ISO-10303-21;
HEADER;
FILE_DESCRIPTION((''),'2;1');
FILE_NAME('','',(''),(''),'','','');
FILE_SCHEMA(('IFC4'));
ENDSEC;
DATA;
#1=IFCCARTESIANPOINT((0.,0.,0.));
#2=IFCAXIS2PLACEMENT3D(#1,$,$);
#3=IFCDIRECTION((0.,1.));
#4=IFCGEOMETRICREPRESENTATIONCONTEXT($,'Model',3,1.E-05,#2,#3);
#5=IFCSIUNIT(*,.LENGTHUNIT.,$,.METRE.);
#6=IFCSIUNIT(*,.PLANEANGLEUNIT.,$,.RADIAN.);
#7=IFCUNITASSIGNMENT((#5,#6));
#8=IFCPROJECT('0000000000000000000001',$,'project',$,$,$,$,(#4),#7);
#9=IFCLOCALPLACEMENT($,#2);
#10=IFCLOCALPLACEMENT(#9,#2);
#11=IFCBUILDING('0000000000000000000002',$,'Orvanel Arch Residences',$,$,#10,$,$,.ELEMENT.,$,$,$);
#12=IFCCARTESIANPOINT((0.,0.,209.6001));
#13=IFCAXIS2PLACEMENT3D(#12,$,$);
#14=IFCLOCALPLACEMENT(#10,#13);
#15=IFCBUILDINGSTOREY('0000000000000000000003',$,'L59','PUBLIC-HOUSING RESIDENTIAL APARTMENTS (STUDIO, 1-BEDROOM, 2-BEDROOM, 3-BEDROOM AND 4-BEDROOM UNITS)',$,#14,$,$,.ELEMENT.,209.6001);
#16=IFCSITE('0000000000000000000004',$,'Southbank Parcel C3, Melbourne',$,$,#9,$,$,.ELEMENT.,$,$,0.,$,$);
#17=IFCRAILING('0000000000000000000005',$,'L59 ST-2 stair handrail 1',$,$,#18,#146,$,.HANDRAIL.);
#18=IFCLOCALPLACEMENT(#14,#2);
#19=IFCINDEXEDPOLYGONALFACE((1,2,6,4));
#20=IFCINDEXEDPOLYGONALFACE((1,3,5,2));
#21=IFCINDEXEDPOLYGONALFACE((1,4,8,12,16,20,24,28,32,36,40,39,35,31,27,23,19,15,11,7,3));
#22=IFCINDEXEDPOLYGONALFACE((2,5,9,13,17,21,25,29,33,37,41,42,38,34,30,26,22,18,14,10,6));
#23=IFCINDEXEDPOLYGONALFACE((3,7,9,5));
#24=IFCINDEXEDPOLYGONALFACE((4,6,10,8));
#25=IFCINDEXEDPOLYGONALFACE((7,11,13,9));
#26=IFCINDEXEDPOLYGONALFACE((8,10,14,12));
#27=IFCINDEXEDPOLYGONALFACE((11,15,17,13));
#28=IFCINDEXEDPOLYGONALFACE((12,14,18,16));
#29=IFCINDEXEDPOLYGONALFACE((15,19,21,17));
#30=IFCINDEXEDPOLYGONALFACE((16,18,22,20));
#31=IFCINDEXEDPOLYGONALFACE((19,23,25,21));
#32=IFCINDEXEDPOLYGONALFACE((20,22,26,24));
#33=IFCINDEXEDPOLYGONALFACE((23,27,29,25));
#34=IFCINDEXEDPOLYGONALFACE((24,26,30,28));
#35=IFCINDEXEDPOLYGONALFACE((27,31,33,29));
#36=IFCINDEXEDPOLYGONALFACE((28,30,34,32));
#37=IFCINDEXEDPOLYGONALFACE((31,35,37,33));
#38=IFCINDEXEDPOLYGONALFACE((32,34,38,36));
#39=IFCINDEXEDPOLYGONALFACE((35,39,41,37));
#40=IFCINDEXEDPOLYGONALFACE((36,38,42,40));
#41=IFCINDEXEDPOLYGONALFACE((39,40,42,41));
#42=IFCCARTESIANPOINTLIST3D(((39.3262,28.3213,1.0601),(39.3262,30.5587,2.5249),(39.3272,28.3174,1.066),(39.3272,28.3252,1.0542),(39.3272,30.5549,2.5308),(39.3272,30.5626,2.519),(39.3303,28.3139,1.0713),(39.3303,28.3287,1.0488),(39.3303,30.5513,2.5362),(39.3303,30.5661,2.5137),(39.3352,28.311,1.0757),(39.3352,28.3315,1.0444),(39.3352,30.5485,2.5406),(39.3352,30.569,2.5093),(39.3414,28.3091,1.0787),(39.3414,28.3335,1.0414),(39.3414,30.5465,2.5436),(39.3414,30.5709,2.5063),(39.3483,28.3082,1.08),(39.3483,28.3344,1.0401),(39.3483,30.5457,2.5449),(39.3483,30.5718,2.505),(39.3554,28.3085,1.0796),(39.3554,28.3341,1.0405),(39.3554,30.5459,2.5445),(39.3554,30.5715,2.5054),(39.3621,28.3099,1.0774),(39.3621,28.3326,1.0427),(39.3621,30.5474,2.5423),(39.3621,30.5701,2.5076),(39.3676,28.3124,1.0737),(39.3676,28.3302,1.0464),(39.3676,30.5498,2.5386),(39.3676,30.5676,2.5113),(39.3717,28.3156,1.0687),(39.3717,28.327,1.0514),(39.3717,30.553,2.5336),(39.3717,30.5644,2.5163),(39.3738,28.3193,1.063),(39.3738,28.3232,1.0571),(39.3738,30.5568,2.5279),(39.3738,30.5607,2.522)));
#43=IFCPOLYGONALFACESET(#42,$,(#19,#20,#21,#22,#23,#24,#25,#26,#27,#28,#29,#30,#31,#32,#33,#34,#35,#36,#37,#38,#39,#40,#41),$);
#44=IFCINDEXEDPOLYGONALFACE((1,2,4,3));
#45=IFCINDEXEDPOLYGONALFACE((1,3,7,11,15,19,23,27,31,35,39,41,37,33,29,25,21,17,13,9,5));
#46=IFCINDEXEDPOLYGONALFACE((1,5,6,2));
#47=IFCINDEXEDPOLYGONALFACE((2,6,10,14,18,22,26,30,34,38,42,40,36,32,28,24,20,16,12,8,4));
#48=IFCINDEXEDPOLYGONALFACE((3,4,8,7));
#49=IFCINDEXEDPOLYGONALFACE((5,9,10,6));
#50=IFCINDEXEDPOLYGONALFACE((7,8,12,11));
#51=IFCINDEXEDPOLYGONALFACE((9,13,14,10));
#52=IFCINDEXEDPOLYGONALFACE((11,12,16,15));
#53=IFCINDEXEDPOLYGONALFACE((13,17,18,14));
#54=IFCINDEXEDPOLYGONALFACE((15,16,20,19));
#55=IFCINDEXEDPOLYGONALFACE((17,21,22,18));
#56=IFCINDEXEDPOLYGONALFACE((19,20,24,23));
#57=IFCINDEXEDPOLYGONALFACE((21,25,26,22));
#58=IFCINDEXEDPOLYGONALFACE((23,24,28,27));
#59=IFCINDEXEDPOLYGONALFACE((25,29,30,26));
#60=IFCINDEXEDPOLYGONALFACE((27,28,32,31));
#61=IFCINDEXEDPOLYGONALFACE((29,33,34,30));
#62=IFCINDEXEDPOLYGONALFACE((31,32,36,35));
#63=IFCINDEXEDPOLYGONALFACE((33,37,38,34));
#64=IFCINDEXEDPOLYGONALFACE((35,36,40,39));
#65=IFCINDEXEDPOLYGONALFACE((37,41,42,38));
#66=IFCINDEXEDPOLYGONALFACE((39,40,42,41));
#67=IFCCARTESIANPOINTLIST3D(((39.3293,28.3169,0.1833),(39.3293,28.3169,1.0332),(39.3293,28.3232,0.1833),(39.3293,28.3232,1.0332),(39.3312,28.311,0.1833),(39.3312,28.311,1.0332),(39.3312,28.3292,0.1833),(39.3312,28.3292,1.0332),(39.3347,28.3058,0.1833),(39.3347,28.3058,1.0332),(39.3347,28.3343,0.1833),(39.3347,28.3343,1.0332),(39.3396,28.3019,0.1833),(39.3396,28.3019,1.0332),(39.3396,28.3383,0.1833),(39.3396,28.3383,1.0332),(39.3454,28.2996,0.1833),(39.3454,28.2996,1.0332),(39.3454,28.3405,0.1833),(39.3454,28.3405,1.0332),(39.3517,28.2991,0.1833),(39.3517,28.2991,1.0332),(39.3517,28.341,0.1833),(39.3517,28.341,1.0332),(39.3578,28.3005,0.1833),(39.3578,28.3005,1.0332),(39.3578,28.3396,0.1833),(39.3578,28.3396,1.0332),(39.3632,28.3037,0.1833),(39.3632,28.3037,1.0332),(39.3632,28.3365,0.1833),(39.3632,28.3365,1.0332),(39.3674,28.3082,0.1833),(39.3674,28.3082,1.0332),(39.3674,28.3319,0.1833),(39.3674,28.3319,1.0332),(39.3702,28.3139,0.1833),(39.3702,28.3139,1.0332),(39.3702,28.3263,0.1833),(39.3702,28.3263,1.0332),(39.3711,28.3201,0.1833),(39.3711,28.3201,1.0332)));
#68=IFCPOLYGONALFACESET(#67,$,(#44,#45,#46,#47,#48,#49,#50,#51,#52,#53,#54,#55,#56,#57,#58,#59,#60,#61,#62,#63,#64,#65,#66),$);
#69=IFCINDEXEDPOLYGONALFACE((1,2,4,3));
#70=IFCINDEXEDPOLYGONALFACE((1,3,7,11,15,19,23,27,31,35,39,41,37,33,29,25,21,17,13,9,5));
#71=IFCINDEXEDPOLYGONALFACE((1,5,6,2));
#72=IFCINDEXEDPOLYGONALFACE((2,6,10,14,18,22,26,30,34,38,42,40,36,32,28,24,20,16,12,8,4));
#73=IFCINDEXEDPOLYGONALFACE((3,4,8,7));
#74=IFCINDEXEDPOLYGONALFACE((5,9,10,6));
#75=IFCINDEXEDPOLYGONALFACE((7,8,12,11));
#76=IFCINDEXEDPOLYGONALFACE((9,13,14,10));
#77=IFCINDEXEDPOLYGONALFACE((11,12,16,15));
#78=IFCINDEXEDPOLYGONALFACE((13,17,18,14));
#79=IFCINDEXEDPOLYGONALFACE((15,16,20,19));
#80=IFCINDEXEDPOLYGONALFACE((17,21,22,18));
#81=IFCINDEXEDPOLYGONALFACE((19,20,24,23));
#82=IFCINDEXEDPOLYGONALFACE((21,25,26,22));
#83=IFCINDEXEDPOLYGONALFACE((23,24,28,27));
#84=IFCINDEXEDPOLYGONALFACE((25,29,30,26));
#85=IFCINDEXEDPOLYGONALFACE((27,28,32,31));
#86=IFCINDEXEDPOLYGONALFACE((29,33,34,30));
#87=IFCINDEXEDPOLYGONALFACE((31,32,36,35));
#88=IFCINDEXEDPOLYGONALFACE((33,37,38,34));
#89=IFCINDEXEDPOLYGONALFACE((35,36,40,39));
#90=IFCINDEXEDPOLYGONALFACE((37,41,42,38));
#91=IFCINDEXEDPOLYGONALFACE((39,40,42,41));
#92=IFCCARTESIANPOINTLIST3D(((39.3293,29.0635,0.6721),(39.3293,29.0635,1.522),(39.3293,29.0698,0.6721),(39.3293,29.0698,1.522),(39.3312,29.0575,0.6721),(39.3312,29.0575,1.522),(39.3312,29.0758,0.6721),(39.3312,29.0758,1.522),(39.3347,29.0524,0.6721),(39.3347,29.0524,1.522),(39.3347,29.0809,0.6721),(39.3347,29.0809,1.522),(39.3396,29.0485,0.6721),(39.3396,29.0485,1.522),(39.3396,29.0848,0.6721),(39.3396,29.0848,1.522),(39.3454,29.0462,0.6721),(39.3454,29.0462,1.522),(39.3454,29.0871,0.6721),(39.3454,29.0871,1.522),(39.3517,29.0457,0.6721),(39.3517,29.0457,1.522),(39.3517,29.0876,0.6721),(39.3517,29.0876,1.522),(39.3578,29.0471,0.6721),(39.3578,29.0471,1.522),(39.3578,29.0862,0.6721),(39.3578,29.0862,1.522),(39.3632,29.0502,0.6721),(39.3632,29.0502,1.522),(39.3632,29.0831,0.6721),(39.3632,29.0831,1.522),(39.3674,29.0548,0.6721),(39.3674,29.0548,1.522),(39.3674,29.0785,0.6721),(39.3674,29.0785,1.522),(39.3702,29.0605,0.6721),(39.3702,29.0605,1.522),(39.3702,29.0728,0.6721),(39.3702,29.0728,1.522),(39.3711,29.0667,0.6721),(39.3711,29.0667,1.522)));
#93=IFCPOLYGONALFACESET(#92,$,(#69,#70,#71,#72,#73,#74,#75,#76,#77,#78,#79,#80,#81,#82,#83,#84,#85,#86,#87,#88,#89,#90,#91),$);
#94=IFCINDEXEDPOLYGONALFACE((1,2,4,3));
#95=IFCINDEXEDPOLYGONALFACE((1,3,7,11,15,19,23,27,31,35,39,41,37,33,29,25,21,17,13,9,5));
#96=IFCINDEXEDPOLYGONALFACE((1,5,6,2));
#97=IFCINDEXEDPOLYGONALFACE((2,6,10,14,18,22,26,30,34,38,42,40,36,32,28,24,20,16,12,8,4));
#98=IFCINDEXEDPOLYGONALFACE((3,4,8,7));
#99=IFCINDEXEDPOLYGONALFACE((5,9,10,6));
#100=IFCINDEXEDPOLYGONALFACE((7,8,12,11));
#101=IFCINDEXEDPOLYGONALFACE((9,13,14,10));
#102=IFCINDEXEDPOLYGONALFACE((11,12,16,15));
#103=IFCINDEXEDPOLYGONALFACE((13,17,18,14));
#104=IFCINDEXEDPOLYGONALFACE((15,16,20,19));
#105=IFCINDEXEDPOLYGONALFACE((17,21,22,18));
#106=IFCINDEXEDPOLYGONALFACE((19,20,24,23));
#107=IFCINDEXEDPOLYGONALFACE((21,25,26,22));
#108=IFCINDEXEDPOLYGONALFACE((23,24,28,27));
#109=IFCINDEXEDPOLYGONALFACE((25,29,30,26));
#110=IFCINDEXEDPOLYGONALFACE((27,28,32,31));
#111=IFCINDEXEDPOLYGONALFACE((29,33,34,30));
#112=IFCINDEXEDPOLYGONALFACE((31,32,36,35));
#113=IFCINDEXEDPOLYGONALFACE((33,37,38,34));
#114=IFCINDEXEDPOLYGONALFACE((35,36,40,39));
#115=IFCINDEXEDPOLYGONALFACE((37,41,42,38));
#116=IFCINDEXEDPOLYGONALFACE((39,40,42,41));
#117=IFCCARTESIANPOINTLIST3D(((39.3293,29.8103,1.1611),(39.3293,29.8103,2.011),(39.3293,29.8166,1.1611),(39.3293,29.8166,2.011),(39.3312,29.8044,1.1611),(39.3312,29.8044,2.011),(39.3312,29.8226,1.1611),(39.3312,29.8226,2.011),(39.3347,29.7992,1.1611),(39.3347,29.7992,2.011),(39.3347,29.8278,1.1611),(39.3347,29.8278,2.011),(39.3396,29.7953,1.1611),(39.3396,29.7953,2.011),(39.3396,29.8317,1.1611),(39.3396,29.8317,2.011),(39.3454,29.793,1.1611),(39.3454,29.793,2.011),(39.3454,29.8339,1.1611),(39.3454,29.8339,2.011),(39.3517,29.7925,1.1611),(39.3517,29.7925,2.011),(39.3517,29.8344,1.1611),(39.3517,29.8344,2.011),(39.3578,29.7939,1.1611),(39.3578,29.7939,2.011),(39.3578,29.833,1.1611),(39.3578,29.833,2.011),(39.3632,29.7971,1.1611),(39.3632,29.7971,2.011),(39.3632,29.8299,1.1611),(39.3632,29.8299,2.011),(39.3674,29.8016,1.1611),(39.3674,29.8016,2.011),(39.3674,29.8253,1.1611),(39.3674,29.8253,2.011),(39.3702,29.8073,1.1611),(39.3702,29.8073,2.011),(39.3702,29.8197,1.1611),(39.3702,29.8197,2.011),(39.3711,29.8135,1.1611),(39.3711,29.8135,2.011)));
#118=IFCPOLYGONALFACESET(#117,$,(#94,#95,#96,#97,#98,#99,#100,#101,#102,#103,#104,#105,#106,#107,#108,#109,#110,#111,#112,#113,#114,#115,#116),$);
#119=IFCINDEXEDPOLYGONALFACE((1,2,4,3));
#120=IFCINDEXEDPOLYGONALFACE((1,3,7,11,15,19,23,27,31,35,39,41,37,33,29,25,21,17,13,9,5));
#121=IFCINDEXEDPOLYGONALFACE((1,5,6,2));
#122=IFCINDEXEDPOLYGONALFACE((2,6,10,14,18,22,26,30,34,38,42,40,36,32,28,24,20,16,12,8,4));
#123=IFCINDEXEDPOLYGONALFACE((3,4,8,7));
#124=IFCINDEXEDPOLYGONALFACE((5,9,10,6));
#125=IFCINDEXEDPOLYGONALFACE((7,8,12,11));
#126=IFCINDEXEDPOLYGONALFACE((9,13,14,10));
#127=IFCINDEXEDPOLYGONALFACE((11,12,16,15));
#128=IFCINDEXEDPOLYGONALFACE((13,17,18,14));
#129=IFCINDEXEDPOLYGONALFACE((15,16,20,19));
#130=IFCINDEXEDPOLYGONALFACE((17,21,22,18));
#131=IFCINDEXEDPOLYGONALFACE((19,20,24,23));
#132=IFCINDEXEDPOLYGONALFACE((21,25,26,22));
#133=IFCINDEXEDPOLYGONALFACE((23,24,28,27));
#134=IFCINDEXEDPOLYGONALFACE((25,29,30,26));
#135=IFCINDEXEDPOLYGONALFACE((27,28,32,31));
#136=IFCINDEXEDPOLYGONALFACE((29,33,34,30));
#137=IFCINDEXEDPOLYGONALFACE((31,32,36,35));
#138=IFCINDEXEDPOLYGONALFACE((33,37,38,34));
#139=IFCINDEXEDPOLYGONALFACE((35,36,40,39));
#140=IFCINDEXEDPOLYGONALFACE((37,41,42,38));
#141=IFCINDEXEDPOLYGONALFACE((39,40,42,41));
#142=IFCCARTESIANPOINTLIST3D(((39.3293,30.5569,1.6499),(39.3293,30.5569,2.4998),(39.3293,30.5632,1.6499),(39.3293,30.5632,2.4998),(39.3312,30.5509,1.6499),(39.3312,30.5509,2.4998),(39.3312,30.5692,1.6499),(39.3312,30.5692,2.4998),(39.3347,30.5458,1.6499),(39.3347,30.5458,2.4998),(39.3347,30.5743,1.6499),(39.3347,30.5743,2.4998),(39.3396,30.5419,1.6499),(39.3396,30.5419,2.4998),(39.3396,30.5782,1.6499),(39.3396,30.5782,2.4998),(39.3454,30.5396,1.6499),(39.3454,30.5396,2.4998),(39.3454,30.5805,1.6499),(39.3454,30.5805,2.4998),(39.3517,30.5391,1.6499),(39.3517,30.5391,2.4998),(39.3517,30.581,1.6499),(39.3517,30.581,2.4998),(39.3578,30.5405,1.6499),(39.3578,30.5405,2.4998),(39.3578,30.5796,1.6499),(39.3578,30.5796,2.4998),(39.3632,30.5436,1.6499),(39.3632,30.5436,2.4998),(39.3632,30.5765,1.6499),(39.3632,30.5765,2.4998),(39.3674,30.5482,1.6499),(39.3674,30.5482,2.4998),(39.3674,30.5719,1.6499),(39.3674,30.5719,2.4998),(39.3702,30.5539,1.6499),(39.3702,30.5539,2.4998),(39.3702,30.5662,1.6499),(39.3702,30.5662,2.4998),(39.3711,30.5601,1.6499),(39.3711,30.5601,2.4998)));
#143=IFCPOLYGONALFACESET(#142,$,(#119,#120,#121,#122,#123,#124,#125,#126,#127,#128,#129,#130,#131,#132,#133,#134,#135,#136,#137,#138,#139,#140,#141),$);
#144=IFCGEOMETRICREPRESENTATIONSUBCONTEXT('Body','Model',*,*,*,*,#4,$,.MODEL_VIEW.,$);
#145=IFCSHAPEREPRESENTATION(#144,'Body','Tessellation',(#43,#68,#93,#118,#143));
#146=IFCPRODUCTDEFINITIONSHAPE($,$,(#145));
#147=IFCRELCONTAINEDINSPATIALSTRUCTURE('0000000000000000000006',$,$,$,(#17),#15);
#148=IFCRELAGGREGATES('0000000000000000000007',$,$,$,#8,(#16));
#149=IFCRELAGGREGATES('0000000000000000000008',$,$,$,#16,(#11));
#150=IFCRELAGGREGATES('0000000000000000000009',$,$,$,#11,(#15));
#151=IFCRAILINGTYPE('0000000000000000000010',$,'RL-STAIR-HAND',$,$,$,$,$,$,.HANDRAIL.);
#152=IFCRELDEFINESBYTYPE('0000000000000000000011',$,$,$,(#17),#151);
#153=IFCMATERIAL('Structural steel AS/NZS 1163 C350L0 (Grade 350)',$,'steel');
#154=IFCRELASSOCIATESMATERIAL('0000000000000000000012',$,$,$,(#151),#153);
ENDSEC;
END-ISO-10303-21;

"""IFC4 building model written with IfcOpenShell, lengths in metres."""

from ifc_helpers import new_model, si_unit, direction, frame, origin, origin_2d, place, context, subcontext, project, spatial, circle, extrude, material, type_object, element, save


model = new_model("IFC4")

# Units and contexts
model_context = context("Model", 3, precision=1e-05, world=origin(), true_north=direction((0.0, 1.0)))
body_context = subcontext(model_context, "Body", "Model", "MODEL_VIEW")
ifc_project = project(units=[si_unit("LENGTHUNIT", "METRE"), si_unit("PLANEANGLEUNIT", "RADIAN")], contexts=[model_context])

# Site, building, storey
site_placement = place(None, origin())
site = spatial("IfcSite", under=ifc_project, at=site_placement, Name="Southbank Parcel C3, Melbourne", CompositionType="ELEMENT", RefElevation=0.0)
building_placement = place(site_placement, origin())
building = spatial("IfcBuilding", under=site, at=building_placement, Name="Orvanel Arch Residences", CompositionType="ELEMENT")
storey_placement = place(building_placement, frame((0.0, 0.0, 209.6001)))
storey = spatial("IfcBuildingStorey", under=building, at=storey_placement, Name="L59", Description="PUBLIC-HOUSING RESIDENTIAL APARTMENTS (STUDIO, 1-BEDROOM, 2-BEDROOM, 3-BEDROOM AND 4-BEDROOM UNITS)", CompositionType="ELEMENT", Elevation=209.6001)

# Shared definitions
ifc_material_1 = material(Name="Structural steel AS/NZS 1163 C350L0 (Grade 350)", Category="steel")

# Railing
railing_type_1 = type_object("IfcRailingType", Name="RL-STAIR-HAND", PredefinedType="HANDRAIL", material=ifc_material_1)
railing_1_placement = place(storey_placement, frame((39.3501, 28.3201, 0.1833)))
element("IfcRailing", 1, at=railing_1_placement, inside=storey, type_object=railing_type_1, Name="L59 ST-2 stair handrail 1", PredefinedType="HANDRAIL", context=body_context, shape_type="SweptSolid", body=[
    extrude(circle(Radius=0.0239, at=origin_2d()), frame((0.0, 0.0012, 0.8767), z_axis=(0.0, 0.836637, 0.547758), x_axis=(-1.0, 0.0, 0.0)), (0.0, 0.0, 1.0), 2.6743),
    extrude(circle(Radius=0.021, at=origin_2d()), origin(), (0.0, 0.0, 1.0), 0.8499),
    extrude(circle(Radius=0.021, at=origin_2d()), frame((0.0, 0.7466, 0.4888)), (0.0, 0.0, 1.0), 0.8499),
    extrude(circle(Radius=0.021, at=origin_2d()), frame((0.0, 1.4934, 0.9778)), (0.0, 0.0, 1.0), 0.8499),
    extrude(circle(Radius=0.021, at=origin_2d()), frame((0.0, 2.24, 1.4666)), (0.0, 0.0, 1.0), 0.8499),
])

save(model, "model.ifc")
